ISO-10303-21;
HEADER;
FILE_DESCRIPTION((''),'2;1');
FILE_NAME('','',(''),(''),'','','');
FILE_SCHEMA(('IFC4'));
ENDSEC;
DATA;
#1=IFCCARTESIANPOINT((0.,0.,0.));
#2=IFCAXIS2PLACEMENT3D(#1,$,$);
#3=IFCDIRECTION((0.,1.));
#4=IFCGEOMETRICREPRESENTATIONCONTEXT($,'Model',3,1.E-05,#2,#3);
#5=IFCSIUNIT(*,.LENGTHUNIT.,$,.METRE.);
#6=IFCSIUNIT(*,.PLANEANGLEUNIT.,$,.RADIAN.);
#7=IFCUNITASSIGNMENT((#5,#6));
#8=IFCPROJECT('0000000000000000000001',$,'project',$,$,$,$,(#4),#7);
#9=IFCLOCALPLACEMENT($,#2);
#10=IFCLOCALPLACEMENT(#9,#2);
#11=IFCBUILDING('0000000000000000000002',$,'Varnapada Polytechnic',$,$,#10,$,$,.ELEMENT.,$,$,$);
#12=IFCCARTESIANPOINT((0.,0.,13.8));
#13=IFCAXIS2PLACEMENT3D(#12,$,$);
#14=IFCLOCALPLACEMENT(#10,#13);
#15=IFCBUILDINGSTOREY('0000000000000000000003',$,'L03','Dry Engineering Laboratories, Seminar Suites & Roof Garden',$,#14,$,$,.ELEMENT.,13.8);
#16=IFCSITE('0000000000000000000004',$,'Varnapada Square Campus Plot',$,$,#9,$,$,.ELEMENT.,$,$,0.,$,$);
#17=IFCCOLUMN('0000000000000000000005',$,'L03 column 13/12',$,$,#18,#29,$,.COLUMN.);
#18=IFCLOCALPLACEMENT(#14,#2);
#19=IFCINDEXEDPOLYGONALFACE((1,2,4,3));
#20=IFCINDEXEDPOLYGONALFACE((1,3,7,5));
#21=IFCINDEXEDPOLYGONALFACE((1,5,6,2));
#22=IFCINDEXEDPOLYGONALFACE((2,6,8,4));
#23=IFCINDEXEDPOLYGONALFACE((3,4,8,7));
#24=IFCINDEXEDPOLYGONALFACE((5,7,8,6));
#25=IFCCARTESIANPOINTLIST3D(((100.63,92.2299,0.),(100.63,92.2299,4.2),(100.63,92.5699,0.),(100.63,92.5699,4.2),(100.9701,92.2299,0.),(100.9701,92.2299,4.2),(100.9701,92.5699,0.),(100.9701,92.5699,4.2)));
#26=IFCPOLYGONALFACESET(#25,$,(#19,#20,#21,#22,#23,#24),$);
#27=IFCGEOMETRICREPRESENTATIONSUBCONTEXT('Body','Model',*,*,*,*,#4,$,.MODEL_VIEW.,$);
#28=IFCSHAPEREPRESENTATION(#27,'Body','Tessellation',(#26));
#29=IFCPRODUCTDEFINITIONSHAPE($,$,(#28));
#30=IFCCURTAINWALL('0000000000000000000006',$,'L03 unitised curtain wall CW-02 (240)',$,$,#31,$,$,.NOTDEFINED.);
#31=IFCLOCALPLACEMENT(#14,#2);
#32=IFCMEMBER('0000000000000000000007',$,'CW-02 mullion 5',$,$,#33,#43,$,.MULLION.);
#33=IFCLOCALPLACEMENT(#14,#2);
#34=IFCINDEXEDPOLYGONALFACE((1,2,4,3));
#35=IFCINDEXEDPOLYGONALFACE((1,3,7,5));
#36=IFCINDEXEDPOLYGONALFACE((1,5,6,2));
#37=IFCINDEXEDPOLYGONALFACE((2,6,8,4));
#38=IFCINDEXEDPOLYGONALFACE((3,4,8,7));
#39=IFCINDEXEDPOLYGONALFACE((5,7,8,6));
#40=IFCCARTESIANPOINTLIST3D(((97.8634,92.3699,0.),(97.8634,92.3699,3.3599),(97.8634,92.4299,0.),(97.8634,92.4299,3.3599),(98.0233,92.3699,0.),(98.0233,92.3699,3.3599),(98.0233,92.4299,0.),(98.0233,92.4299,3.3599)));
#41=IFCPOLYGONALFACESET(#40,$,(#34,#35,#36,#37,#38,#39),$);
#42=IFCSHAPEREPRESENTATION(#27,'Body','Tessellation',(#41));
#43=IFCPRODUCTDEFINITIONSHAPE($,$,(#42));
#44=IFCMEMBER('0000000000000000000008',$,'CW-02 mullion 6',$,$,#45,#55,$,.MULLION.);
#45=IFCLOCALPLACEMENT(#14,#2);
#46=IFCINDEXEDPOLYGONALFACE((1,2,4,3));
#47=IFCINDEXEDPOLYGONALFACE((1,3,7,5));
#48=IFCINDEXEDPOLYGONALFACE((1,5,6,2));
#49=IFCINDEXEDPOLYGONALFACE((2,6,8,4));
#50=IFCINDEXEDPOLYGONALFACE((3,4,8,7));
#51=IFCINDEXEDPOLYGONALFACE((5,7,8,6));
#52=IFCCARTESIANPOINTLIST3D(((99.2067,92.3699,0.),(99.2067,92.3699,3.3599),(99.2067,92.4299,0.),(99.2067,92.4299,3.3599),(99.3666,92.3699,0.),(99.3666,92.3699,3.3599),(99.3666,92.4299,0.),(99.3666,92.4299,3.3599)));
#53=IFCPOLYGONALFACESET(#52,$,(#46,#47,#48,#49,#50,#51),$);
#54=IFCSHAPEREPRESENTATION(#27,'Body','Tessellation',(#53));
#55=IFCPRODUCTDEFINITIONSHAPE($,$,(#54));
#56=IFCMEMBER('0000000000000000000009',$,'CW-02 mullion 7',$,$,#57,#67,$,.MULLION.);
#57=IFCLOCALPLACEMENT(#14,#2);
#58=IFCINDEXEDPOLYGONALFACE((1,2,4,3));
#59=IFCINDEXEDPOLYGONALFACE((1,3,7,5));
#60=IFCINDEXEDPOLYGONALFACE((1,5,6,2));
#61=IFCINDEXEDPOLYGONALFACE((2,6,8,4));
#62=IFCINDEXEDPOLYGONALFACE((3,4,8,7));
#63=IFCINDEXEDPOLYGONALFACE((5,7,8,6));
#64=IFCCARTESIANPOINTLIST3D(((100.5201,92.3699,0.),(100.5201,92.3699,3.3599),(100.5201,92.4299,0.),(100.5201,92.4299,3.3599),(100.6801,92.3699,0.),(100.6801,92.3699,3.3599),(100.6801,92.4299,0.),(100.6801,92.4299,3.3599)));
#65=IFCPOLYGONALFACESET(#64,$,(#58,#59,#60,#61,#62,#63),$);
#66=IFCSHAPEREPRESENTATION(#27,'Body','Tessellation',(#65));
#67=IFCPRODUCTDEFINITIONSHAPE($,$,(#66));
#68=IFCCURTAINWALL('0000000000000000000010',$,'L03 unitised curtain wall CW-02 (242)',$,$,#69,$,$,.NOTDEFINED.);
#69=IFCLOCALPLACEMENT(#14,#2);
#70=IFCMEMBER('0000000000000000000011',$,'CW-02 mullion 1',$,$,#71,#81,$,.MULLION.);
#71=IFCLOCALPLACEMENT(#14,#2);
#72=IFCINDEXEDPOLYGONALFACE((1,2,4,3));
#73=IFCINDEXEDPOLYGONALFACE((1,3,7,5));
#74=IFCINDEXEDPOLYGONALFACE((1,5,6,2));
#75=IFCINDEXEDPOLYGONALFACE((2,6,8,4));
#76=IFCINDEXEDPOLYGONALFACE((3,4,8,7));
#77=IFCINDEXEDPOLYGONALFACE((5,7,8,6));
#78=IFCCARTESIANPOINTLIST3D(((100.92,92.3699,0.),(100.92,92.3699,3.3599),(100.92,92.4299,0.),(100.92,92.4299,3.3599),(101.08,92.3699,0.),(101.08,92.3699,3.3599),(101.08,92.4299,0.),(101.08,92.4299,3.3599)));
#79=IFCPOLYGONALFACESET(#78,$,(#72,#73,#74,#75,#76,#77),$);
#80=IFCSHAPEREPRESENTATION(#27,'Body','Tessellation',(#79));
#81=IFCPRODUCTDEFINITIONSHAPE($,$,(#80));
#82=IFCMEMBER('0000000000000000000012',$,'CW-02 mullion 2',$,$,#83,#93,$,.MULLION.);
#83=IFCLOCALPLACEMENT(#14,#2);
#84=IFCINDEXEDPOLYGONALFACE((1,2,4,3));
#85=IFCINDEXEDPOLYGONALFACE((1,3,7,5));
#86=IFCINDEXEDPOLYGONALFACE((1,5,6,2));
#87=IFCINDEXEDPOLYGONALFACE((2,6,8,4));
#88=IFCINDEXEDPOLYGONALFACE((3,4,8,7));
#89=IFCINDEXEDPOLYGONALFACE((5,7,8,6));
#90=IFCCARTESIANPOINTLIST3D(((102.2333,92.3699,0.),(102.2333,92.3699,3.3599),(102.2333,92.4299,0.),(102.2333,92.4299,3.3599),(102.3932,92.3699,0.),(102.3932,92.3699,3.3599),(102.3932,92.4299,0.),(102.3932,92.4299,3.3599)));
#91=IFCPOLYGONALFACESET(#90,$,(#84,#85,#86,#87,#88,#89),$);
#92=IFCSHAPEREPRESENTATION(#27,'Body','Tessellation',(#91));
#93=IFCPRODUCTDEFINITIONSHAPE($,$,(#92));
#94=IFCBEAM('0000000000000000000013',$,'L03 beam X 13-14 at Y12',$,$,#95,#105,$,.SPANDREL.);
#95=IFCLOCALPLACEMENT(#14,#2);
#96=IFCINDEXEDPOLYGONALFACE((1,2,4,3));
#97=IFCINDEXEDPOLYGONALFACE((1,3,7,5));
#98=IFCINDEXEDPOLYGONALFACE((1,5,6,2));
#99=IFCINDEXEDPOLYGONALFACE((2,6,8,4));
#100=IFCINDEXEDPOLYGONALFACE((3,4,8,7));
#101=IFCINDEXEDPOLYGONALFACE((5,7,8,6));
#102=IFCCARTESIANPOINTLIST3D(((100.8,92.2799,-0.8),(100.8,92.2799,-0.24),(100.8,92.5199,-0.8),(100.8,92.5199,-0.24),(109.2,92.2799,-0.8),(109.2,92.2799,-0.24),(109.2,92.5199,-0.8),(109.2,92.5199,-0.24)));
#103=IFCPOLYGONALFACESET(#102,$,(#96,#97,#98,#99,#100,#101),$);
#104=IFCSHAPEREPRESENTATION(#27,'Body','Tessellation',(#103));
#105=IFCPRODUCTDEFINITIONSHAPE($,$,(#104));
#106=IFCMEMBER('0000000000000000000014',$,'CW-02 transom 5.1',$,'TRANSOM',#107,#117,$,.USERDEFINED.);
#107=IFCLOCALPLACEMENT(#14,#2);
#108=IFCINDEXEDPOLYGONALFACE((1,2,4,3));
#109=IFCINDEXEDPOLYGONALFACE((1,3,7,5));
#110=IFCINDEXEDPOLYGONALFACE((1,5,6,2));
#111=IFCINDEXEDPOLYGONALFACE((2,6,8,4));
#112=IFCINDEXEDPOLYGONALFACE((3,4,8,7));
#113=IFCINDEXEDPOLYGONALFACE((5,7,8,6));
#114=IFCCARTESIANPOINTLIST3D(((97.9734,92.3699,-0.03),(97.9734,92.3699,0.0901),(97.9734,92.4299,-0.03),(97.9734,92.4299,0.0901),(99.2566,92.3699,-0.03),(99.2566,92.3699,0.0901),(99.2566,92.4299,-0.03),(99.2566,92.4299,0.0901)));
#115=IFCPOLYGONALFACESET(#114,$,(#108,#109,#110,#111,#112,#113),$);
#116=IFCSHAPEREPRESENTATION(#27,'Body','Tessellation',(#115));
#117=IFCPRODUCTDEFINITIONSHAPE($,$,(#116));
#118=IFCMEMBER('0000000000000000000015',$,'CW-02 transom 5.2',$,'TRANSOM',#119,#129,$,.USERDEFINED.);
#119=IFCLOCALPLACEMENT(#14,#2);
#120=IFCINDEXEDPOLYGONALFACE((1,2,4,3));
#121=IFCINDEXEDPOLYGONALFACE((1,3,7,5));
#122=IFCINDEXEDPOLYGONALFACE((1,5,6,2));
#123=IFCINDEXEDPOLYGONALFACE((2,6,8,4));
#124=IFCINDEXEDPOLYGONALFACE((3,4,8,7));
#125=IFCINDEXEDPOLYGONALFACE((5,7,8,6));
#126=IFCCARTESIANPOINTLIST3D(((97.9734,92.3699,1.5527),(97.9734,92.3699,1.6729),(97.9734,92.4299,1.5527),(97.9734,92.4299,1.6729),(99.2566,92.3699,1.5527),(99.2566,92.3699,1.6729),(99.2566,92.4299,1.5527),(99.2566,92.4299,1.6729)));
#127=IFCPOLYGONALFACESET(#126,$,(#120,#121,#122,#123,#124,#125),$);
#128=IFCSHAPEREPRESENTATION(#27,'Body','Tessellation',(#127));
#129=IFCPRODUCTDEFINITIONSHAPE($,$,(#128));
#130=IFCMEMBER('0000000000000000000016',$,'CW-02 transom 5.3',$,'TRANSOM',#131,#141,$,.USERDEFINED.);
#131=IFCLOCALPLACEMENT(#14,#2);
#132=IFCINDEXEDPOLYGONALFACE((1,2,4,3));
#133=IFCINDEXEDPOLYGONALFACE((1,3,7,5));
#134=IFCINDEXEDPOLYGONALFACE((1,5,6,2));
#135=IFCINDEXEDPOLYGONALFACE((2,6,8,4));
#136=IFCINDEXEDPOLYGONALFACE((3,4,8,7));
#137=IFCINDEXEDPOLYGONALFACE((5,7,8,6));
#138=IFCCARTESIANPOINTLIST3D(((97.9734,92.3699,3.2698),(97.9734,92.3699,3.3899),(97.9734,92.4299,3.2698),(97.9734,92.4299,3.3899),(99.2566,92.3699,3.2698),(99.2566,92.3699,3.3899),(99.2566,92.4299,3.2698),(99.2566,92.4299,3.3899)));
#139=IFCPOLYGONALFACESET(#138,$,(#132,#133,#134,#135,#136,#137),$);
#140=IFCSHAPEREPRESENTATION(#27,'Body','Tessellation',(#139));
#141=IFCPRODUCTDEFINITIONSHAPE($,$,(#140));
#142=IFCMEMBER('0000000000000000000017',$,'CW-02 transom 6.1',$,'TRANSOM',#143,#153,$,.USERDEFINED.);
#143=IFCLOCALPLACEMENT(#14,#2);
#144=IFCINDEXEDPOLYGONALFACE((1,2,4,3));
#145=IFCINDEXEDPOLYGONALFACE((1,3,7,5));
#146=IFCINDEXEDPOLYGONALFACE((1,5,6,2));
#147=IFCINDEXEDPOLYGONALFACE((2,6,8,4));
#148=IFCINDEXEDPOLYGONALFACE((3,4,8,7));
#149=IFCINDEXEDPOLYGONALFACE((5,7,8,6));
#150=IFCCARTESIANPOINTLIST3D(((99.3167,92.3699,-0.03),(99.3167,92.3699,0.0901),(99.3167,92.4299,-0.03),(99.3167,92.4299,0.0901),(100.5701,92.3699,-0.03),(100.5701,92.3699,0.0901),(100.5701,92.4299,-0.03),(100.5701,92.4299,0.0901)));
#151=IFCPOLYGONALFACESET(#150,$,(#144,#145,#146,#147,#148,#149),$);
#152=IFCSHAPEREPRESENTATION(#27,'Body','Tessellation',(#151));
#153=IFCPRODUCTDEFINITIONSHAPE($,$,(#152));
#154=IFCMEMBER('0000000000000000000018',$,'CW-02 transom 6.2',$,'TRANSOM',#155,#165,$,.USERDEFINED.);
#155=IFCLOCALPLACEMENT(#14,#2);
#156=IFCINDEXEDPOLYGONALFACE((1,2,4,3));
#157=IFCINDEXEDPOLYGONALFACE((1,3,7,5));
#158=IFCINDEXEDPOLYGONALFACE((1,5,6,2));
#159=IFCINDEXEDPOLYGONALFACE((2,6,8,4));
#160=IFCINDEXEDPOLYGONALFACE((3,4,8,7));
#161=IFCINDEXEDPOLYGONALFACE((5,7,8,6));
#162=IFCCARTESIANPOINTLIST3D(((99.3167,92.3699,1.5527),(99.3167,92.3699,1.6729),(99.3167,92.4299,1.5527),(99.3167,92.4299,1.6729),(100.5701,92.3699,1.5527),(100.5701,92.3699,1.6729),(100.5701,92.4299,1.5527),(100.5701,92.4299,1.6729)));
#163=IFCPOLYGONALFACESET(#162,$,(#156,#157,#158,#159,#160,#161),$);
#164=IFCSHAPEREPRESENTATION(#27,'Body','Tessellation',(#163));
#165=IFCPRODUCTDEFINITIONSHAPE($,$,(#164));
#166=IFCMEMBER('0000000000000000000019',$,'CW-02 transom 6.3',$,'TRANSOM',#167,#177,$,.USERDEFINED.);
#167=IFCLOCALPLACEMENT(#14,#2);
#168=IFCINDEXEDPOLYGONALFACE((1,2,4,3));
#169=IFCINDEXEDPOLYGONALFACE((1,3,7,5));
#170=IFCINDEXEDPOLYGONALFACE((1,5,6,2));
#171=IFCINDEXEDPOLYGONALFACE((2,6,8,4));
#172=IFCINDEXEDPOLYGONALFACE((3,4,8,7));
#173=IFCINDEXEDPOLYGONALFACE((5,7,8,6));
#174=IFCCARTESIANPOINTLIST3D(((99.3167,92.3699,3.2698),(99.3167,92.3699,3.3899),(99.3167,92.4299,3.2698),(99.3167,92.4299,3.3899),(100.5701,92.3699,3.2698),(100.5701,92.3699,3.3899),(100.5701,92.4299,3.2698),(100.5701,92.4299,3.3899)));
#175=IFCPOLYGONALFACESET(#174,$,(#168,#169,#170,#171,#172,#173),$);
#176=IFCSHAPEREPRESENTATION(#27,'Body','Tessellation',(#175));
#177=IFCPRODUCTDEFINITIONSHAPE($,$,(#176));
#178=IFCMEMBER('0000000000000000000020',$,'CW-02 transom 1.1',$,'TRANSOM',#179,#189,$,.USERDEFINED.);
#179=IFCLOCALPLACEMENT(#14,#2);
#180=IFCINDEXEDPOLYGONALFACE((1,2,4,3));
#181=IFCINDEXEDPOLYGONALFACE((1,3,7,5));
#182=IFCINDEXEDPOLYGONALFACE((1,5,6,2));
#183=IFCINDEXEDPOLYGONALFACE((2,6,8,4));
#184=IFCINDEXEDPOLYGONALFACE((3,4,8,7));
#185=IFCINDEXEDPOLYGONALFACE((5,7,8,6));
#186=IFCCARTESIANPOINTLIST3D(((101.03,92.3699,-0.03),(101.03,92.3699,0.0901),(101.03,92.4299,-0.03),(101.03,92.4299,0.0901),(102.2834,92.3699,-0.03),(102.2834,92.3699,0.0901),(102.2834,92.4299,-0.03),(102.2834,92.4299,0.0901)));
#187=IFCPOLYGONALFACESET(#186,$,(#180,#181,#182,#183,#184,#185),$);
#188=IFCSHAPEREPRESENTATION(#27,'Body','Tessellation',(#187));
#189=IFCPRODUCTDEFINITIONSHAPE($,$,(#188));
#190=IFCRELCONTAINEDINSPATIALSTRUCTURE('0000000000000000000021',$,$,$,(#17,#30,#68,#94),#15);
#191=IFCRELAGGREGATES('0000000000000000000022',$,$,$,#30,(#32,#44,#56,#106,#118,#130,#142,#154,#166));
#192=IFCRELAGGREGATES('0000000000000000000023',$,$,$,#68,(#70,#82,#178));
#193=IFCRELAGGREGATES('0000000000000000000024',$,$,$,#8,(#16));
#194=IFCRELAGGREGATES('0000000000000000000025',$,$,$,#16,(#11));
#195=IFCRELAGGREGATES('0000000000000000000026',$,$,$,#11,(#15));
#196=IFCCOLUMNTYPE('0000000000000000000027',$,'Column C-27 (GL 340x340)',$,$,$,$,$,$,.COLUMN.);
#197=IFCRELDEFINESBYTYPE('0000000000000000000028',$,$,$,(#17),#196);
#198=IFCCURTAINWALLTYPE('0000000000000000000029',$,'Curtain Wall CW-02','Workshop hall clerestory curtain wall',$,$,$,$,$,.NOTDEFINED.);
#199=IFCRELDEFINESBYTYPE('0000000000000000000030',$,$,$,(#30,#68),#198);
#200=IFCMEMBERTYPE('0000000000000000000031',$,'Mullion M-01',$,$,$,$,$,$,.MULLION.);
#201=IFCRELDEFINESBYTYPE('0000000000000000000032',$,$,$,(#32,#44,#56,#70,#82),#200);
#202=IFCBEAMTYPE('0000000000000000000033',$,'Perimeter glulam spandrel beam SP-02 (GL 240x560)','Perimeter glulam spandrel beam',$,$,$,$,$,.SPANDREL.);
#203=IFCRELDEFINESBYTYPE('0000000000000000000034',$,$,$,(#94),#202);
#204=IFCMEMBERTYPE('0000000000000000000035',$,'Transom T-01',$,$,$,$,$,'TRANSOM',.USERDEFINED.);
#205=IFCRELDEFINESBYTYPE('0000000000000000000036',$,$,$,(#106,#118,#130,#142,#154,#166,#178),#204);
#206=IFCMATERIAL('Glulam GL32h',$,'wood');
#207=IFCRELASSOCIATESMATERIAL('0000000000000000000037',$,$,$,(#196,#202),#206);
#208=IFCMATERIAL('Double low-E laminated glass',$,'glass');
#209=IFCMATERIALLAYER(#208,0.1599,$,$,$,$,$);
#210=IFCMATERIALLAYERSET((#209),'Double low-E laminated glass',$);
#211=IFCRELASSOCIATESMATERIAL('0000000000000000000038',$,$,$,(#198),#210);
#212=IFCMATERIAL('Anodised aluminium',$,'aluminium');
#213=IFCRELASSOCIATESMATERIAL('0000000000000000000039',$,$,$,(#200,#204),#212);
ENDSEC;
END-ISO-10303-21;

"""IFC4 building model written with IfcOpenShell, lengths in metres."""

from ifc_helpers import new_model, si_unit, direction, frame, origin, origin_2d, place, context, subcontext, project, spatial, rectangle, extrude, material, layer, layer_set, material_profile, profile_set, type_object, element, aggregate, save


model = new_model("IFC4")

# Units and contexts
model_context = context("Model", 3, precision=1e-05, world=origin(), true_north=direction((0.0, 1.0)))
body_context = subcontext(model_context, "Body", "Model", "MODEL_VIEW")
ifc_project = project(units=[si_unit("LENGTHUNIT", "METRE"), si_unit("PLANEANGLEUNIT", "RADIAN")], contexts=[model_context])

# Site, building, storey
site_placement = place(None, origin())
site = spatial("IfcSite", under=ifc_project, at=site_placement, Name="Varnapada Square Campus Plot", CompositionType="ELEMENT", RefElevation=0.0)
building_placement = place(site_placement, origin())
building = spatial("IfcBuilding", under=site, at=building_placement, Name="Varnapada Polytechnic", CompositionType="ELEMENT")
storey_placement = place(building_placement, frame((0.0, 0.0, 13.8)))
storey = spatial("IfcBuildingStorey", under=building, at=storey_placement, Name="L03", Description="Dry Engineering Laboratories, Seminar Suites & Roof Garden", CompositionType="ELEMENT", Elevation=13.8)

# Column
ifc_material_1 = material(Name="Glulam GL32h", Category="wood")
ifc_material_profile_1 = material_profile(ifc_material_1, rectangle(XDim=0.3401, YDim=0.3401, at=origin_2d()), Name="GL 340x340")
ifc_profile_set_1 = profile_set([ifc_material_profile_1], Name="Glulam GL32h")
column_type = type_object("IfcColumnType", Name="Column C-27 (GL 340x340)", PredefinedType="COLUMN", material=ifc_profile_set_1)
column_placement = place(storey_placement, frame((100.8, 92.3999, 0.0), z_axis=(0.0, 0.0, 1.0), x_axis=(1.0, 0.0, 0.0)))
element("IfcColumn", 1, at=column_placement, inside=storey, type_object=column_type, Name="L03 column 13/12", PredefinedType="COLUMN", context=body_context, shape_type="SweptSolid", body=[
    extrude(rectangle(XDim=0.3401, YDim=0.3401, at=origin_2d()), origin(), (0.0, 0.0, 1.0), 4.2),
])

# Curtain walls, members
ifc_material_2 = material(Name="Double low-E laminated glass", Category="glass")
ifc_layer_1 = layer(ifc_material_2, 0.1599)
ifc_layer_set_1 = layer_set([ifc_layer_1], Name="Double low-E laminated glass")
curtain_wall_type = type_object("IfcCurtainWallType", Name="Curtain Wall CW-02", Description="Workshop hall clerestory curtain wall", PredefinedType="NOTDEFINED", material=ifc_layer_set_1)
curtain_wall_1_placement = place(storey_placement, origin())
curtain_wall_1 = element("IfcCurtainWall", 2, at=curtain_wall_1_placement, inside=storey, type_object=curtain_wall_type, Name="L03 unitised curtain wall CW-02 (240)", PredefinedType="NOTDEFINED")
ifc_material_3 = material(Name="Anodised aluminium", Category="aluminium")
ifc_material_profile_2 = material_profile(ifc_material_3, rectangle(XDim=0.0601, YDim=0.1599, at=origin_2d()), Name="ALU M60x160")
ifc_profile_set_2 = profile_set([ifc_material_profile_2], Name="Anodised aluminium")
member_type_1 = type_object("IfcMemberType", Name="Mullion M-01", PredefinedType="MULLION", material=ifc_profile_set_2)
member_1_placement = place(storey_placement, frame((97.9434, 92.3999, 0.0), z_axis=(0.0, 0.0, 1.0), x_axis=(0.0, 1.0, 0.0)))
member_1 = element("IfcMember", 3, at=member_1_placement, type_object=member_type_1, Name="CW-02 mullion 5", PredefinedType="MULLION", context=body_context, shape_type="SweptSolid", body=[
    extrude(rectangle(XDim=0.0601, YDim=0.1599, at=origin_2d()), origin(), (0.0, 0.0, 1.0), 3.3599),
])
member_2_placement = place(storey_placement, frame((99.2866, 92.3999, 0.0), z_axis=(0.0, 0.0, 1.0), x_axis=(0.0, 1.0, 0.0)))
member_2 = element("IfcMember", 4, at=member_2_placement, type_object=member_type_1, Name="CW-02 mullion 6", PredefinedType="MULLION", context=body_context, shape_type="SweptSolid", body=[
    extrude(rectangle(XDim=0.0601, YDim=0.1599, at=origin_2d()), origin(), (0.0, 0.0, 1.0), 3.3599),
])
member_3_placement = place(storey_placement, frame((100.6001, 92.3999, 0.0), z_axis=(0.0, 0.0, 1.0), x_axis=(0.0, 1.0, 0.0)))
member_3 = element("IfcMember", 5, at=member_3_placement, type_object=member_type_1, Name="CW-02 mullion 7", PredefinedType="MULLION", context=body_context, shape_type="SweptSolid", body=[
    extrude(rectangle(XDim=0.0601, YDim=0.1599, at=origin_2d()), origin(), (0.0, 0.0, 1.0), 3.3599),
])
curtain_wall_2_placement = place(storey_placement, origin())
curtain_wall_2 = element("IfcCurtainWall", 6, at=curtain_wall_2_placement, inside=storey, type_object=curtain_wall_type, Name="L03 unitised curtain wall CW-02 (242)", PredefinedType="NOTDEFINED")
member_4_placement = place(storey_placement, frame((101.0, 92.3999, 0.0), z_axis=(0.0, 0.0, 1.0), x_axis=(0.0, 1.0, 0.0)))
member_4 = element("IfcMember", 7, at=member_4_placement, type_object=member_type_1, Name="CW-02 mullion 1", PredefinedType="MULLION", context=body_context, shape_type="SweptSolid", body=[
    extrude(rectangle(XDim=0.0601, YDim=0.1599, at=origin_2d()), origin(), (0.0, 0.0, 1.0), 3.3599),
])
member_5_placement = place(storey_placement, frame((102.3132, 92.3999, 0.0), z_axis=(0.0, 0.0, 1.0), x_axis=(0.0, 1.0, 0.0)))
member_5 = element("IfcMember", 8, at=member_5_placement, type_object=member_type_1, Name="CW-02 mullion 2", PredefinedType="MULLION", context=body_context, shape_type="SweptSolid", body=[
    extrude(rectangle(XDim=0.0601, YDim=0.1599, at=origin_2d()), origin(), (0.0, 0.0, 1.0), 3.3599),
])

# Beam
ifc_material_profile_3 = material_profile(ifc_material_1, rectangle(XDim=0.24, YDim=0.5601, at=origin_2d()), Name="GL 240x560")
ifc_profile_set_3 = profile_set([ifc_material_profile_3], Name="Glulam GL32h")
beam_type = type_object("IfcBeamType", Name="Perimeter glulam spandrel beam SP-02 (GL 240x560)", Description="Perimeter glulam spandrel beam", PredefinedType="SPANDREL", material=ifc_profile_set_3)
beam_placement = place(storey_placement, frame((100.8, 92.3999, -0.52), z_axis=(1.0, 0.0, 0.0), x_axis=(0.0, 1.0, 0.0)))
element("IfcBeam", 9, at=beam_placement, inside=storey, type_object=beam_type, Name="L03 beam X 13-14 at Y12", PredefinedType="SPANDREL", context=body_context, shape_type="SweptSolid", body=[
    extrude(rectangle(XDim=0.24, YDim=0.5601, at=origin_2d()), origin(), (0.0, 0.0, 1.0), 8.3999),
])

# Members
ifc_material_profile_4 = material_profile(ifc_material_3, rectangle(XDim=0.0601, YDim=0.1201, at=origin_2d()), Name="ALU T60x120")
ifc_profile_set_4 = profile_set([ifc_material_profile_4], Name="Anodised aluminium")
member_type_2 = type_object("IfcMemberType", Name="Transom T-01", ElementType="TRANSOM", PredefinedType="USERDEFINED", material=ifc_profile_set_4)
member_6_placement = place(storey_placement, frame((97.9734, 92.3999, 0.03), z_axis=(1.0, 0.0, 0.0), x_axis=(0.0, 1.0, 0.0)))
member_6 = element("IfcMember", 10, at=member_6_placement, type_object=member_type_2, Name="CW-02 transom 5.1", ObjectType="TRANSOM", PredefinedType="USERDEFINED", context=body_context, shape_type="SweptSolid", body=[
    extrude(rectangle(XDim=0.0601, YDim=0.1201, at=origin_2d()), origin(), (0.0, 0.0, 1.0), 1.2832),
])
member_7_placement = place(storey_placement, frame((97.9734, 92.3999, 1.6128), z_axis=(1.0, 0.0, 0.0), x_axis=(0.0, 1.0, 0.0)))
member_7 = element("IfcMember", 11, at=member_7_placement, type_object=member_type_2, Name="CW-02 transom 5.2", ObjectType="TRANSOM", PredefinedType="USERDEFINED", context=body_context, shape_type="SweptSolid", body=[
    extrude(rectangle(XDim=0.0601, YDim=0.1201, at=origin_2d()), origin(), (0.0, 0.0, 1.0), 1.2832),
])
member_8_placement = place(storey_placement, frame((97.9734, 92.3999, 3.3298), z_axis=(1.0, 0.0, 0.0), x_axis=(0.0, 1.0, 0.0)))
member_8 = element("IfcMember", 12, at=member_8_placement, type_object=member_type_2, Name="CW-02 transom 5.3", ObjectType="TRANSOM", PredefinedType="USERDEFINED", context=body_context, shape_type="SweptSolid", body=[
    extrude(rectangle(XDim=0.0601, YDim=0.1201, at=origin_2d()), origin(), (0.0, 0.0, 1.0), 1.2832),
])
member_9_placement = place(storey_placement, frame((99.3167, 92.3999, 0.03), z_axis=(1.0, 0.0, 0.0), x_axis=(0.0, 1.0, 0.0)))
member_9 = element("IfcMember", 13, at=member_9_placement, type_object=member_type_2, Name="CW-02 transom 6.1", ObjectType="TRANSOM", PredefinedType="USERDEFINED", context=body_context, shape_type="SweptSolid", body=[
    extrude(rectangle(XDim=0.0601, YDim=0.1201, at=origin_2d()), origin(), (0.0, 0.0, 1.0), 1.2534),
])
member_10_placement = place(storey_placement, frame((99.3167, 92.3999, 1.6128), z_axis=(1.0, 0.0, 0.0), x_axis=(0.0, 1.0, 0.0)))
member_10 = element("IfcMember", 14, at=member_10_placement, type_object=member_type_2, Name="CW-02 transom 6.2", ObjectType="TRANSOM", PredefinedType="USERDEFINED", context=body_context, shape_type="SweptSolid", body=[
    extrude(rectangle(XDim=0.0601, YDim=0.1201, at=origin_2d()), origin(), (0.0, 0.0, 1.0), 1.2534),
])
member_11_placement = place(storey_placement, frame((99.3167, 92.3999, 3.3298), z_axis=(1.0, 0.0, 0.0), x_axis=(0.0, 1.0, 0.0)))
member_11 = element("IfcMember", 15, at=member_11_placement, type_object=member_type_2, Name="CW-02 transom 6.3", ObjectType="TRANSOM", PredefinedType="USERDEFINED", context=body_context, shape_type="SweptSolid", body=[
    extrude(rectangle(XDim=0.0601, YDim=0.1201, at=origin_2d()), origin(), (0.0, 0.0, 1.0), 1.2534),
])
member_12_placement = place(storey_placement, frame((101.03, 92.3999, 0.03), z_axis=(1.0, 0.0, 0.0), x_axis=(0.0, 1.0, 0.0)))
member_12 = element("IfcMember", 16, at=member_12_placement, type_object=member_type_2, Name="CW-02 transom 1.1", ObjectType="TRANSOM", PredefinedType="USERDEFINED", context=body_context, shape_type="SweptSolid", body=[
    extrude(rectangle(XDim=0.0601, YDim=0.1201, at=origin_2d()), origin(), (0.0, 0.0, 1.0), 1.2534),
])

aggregate(curtain_wall_1, [member_1, member_2, member_3, member_6, member_7, member_8, member_9, member_10, member_11])
aggregate(curtain_wall_2, [member_4, member_5, member_12])

save(model, "model.ifc")
